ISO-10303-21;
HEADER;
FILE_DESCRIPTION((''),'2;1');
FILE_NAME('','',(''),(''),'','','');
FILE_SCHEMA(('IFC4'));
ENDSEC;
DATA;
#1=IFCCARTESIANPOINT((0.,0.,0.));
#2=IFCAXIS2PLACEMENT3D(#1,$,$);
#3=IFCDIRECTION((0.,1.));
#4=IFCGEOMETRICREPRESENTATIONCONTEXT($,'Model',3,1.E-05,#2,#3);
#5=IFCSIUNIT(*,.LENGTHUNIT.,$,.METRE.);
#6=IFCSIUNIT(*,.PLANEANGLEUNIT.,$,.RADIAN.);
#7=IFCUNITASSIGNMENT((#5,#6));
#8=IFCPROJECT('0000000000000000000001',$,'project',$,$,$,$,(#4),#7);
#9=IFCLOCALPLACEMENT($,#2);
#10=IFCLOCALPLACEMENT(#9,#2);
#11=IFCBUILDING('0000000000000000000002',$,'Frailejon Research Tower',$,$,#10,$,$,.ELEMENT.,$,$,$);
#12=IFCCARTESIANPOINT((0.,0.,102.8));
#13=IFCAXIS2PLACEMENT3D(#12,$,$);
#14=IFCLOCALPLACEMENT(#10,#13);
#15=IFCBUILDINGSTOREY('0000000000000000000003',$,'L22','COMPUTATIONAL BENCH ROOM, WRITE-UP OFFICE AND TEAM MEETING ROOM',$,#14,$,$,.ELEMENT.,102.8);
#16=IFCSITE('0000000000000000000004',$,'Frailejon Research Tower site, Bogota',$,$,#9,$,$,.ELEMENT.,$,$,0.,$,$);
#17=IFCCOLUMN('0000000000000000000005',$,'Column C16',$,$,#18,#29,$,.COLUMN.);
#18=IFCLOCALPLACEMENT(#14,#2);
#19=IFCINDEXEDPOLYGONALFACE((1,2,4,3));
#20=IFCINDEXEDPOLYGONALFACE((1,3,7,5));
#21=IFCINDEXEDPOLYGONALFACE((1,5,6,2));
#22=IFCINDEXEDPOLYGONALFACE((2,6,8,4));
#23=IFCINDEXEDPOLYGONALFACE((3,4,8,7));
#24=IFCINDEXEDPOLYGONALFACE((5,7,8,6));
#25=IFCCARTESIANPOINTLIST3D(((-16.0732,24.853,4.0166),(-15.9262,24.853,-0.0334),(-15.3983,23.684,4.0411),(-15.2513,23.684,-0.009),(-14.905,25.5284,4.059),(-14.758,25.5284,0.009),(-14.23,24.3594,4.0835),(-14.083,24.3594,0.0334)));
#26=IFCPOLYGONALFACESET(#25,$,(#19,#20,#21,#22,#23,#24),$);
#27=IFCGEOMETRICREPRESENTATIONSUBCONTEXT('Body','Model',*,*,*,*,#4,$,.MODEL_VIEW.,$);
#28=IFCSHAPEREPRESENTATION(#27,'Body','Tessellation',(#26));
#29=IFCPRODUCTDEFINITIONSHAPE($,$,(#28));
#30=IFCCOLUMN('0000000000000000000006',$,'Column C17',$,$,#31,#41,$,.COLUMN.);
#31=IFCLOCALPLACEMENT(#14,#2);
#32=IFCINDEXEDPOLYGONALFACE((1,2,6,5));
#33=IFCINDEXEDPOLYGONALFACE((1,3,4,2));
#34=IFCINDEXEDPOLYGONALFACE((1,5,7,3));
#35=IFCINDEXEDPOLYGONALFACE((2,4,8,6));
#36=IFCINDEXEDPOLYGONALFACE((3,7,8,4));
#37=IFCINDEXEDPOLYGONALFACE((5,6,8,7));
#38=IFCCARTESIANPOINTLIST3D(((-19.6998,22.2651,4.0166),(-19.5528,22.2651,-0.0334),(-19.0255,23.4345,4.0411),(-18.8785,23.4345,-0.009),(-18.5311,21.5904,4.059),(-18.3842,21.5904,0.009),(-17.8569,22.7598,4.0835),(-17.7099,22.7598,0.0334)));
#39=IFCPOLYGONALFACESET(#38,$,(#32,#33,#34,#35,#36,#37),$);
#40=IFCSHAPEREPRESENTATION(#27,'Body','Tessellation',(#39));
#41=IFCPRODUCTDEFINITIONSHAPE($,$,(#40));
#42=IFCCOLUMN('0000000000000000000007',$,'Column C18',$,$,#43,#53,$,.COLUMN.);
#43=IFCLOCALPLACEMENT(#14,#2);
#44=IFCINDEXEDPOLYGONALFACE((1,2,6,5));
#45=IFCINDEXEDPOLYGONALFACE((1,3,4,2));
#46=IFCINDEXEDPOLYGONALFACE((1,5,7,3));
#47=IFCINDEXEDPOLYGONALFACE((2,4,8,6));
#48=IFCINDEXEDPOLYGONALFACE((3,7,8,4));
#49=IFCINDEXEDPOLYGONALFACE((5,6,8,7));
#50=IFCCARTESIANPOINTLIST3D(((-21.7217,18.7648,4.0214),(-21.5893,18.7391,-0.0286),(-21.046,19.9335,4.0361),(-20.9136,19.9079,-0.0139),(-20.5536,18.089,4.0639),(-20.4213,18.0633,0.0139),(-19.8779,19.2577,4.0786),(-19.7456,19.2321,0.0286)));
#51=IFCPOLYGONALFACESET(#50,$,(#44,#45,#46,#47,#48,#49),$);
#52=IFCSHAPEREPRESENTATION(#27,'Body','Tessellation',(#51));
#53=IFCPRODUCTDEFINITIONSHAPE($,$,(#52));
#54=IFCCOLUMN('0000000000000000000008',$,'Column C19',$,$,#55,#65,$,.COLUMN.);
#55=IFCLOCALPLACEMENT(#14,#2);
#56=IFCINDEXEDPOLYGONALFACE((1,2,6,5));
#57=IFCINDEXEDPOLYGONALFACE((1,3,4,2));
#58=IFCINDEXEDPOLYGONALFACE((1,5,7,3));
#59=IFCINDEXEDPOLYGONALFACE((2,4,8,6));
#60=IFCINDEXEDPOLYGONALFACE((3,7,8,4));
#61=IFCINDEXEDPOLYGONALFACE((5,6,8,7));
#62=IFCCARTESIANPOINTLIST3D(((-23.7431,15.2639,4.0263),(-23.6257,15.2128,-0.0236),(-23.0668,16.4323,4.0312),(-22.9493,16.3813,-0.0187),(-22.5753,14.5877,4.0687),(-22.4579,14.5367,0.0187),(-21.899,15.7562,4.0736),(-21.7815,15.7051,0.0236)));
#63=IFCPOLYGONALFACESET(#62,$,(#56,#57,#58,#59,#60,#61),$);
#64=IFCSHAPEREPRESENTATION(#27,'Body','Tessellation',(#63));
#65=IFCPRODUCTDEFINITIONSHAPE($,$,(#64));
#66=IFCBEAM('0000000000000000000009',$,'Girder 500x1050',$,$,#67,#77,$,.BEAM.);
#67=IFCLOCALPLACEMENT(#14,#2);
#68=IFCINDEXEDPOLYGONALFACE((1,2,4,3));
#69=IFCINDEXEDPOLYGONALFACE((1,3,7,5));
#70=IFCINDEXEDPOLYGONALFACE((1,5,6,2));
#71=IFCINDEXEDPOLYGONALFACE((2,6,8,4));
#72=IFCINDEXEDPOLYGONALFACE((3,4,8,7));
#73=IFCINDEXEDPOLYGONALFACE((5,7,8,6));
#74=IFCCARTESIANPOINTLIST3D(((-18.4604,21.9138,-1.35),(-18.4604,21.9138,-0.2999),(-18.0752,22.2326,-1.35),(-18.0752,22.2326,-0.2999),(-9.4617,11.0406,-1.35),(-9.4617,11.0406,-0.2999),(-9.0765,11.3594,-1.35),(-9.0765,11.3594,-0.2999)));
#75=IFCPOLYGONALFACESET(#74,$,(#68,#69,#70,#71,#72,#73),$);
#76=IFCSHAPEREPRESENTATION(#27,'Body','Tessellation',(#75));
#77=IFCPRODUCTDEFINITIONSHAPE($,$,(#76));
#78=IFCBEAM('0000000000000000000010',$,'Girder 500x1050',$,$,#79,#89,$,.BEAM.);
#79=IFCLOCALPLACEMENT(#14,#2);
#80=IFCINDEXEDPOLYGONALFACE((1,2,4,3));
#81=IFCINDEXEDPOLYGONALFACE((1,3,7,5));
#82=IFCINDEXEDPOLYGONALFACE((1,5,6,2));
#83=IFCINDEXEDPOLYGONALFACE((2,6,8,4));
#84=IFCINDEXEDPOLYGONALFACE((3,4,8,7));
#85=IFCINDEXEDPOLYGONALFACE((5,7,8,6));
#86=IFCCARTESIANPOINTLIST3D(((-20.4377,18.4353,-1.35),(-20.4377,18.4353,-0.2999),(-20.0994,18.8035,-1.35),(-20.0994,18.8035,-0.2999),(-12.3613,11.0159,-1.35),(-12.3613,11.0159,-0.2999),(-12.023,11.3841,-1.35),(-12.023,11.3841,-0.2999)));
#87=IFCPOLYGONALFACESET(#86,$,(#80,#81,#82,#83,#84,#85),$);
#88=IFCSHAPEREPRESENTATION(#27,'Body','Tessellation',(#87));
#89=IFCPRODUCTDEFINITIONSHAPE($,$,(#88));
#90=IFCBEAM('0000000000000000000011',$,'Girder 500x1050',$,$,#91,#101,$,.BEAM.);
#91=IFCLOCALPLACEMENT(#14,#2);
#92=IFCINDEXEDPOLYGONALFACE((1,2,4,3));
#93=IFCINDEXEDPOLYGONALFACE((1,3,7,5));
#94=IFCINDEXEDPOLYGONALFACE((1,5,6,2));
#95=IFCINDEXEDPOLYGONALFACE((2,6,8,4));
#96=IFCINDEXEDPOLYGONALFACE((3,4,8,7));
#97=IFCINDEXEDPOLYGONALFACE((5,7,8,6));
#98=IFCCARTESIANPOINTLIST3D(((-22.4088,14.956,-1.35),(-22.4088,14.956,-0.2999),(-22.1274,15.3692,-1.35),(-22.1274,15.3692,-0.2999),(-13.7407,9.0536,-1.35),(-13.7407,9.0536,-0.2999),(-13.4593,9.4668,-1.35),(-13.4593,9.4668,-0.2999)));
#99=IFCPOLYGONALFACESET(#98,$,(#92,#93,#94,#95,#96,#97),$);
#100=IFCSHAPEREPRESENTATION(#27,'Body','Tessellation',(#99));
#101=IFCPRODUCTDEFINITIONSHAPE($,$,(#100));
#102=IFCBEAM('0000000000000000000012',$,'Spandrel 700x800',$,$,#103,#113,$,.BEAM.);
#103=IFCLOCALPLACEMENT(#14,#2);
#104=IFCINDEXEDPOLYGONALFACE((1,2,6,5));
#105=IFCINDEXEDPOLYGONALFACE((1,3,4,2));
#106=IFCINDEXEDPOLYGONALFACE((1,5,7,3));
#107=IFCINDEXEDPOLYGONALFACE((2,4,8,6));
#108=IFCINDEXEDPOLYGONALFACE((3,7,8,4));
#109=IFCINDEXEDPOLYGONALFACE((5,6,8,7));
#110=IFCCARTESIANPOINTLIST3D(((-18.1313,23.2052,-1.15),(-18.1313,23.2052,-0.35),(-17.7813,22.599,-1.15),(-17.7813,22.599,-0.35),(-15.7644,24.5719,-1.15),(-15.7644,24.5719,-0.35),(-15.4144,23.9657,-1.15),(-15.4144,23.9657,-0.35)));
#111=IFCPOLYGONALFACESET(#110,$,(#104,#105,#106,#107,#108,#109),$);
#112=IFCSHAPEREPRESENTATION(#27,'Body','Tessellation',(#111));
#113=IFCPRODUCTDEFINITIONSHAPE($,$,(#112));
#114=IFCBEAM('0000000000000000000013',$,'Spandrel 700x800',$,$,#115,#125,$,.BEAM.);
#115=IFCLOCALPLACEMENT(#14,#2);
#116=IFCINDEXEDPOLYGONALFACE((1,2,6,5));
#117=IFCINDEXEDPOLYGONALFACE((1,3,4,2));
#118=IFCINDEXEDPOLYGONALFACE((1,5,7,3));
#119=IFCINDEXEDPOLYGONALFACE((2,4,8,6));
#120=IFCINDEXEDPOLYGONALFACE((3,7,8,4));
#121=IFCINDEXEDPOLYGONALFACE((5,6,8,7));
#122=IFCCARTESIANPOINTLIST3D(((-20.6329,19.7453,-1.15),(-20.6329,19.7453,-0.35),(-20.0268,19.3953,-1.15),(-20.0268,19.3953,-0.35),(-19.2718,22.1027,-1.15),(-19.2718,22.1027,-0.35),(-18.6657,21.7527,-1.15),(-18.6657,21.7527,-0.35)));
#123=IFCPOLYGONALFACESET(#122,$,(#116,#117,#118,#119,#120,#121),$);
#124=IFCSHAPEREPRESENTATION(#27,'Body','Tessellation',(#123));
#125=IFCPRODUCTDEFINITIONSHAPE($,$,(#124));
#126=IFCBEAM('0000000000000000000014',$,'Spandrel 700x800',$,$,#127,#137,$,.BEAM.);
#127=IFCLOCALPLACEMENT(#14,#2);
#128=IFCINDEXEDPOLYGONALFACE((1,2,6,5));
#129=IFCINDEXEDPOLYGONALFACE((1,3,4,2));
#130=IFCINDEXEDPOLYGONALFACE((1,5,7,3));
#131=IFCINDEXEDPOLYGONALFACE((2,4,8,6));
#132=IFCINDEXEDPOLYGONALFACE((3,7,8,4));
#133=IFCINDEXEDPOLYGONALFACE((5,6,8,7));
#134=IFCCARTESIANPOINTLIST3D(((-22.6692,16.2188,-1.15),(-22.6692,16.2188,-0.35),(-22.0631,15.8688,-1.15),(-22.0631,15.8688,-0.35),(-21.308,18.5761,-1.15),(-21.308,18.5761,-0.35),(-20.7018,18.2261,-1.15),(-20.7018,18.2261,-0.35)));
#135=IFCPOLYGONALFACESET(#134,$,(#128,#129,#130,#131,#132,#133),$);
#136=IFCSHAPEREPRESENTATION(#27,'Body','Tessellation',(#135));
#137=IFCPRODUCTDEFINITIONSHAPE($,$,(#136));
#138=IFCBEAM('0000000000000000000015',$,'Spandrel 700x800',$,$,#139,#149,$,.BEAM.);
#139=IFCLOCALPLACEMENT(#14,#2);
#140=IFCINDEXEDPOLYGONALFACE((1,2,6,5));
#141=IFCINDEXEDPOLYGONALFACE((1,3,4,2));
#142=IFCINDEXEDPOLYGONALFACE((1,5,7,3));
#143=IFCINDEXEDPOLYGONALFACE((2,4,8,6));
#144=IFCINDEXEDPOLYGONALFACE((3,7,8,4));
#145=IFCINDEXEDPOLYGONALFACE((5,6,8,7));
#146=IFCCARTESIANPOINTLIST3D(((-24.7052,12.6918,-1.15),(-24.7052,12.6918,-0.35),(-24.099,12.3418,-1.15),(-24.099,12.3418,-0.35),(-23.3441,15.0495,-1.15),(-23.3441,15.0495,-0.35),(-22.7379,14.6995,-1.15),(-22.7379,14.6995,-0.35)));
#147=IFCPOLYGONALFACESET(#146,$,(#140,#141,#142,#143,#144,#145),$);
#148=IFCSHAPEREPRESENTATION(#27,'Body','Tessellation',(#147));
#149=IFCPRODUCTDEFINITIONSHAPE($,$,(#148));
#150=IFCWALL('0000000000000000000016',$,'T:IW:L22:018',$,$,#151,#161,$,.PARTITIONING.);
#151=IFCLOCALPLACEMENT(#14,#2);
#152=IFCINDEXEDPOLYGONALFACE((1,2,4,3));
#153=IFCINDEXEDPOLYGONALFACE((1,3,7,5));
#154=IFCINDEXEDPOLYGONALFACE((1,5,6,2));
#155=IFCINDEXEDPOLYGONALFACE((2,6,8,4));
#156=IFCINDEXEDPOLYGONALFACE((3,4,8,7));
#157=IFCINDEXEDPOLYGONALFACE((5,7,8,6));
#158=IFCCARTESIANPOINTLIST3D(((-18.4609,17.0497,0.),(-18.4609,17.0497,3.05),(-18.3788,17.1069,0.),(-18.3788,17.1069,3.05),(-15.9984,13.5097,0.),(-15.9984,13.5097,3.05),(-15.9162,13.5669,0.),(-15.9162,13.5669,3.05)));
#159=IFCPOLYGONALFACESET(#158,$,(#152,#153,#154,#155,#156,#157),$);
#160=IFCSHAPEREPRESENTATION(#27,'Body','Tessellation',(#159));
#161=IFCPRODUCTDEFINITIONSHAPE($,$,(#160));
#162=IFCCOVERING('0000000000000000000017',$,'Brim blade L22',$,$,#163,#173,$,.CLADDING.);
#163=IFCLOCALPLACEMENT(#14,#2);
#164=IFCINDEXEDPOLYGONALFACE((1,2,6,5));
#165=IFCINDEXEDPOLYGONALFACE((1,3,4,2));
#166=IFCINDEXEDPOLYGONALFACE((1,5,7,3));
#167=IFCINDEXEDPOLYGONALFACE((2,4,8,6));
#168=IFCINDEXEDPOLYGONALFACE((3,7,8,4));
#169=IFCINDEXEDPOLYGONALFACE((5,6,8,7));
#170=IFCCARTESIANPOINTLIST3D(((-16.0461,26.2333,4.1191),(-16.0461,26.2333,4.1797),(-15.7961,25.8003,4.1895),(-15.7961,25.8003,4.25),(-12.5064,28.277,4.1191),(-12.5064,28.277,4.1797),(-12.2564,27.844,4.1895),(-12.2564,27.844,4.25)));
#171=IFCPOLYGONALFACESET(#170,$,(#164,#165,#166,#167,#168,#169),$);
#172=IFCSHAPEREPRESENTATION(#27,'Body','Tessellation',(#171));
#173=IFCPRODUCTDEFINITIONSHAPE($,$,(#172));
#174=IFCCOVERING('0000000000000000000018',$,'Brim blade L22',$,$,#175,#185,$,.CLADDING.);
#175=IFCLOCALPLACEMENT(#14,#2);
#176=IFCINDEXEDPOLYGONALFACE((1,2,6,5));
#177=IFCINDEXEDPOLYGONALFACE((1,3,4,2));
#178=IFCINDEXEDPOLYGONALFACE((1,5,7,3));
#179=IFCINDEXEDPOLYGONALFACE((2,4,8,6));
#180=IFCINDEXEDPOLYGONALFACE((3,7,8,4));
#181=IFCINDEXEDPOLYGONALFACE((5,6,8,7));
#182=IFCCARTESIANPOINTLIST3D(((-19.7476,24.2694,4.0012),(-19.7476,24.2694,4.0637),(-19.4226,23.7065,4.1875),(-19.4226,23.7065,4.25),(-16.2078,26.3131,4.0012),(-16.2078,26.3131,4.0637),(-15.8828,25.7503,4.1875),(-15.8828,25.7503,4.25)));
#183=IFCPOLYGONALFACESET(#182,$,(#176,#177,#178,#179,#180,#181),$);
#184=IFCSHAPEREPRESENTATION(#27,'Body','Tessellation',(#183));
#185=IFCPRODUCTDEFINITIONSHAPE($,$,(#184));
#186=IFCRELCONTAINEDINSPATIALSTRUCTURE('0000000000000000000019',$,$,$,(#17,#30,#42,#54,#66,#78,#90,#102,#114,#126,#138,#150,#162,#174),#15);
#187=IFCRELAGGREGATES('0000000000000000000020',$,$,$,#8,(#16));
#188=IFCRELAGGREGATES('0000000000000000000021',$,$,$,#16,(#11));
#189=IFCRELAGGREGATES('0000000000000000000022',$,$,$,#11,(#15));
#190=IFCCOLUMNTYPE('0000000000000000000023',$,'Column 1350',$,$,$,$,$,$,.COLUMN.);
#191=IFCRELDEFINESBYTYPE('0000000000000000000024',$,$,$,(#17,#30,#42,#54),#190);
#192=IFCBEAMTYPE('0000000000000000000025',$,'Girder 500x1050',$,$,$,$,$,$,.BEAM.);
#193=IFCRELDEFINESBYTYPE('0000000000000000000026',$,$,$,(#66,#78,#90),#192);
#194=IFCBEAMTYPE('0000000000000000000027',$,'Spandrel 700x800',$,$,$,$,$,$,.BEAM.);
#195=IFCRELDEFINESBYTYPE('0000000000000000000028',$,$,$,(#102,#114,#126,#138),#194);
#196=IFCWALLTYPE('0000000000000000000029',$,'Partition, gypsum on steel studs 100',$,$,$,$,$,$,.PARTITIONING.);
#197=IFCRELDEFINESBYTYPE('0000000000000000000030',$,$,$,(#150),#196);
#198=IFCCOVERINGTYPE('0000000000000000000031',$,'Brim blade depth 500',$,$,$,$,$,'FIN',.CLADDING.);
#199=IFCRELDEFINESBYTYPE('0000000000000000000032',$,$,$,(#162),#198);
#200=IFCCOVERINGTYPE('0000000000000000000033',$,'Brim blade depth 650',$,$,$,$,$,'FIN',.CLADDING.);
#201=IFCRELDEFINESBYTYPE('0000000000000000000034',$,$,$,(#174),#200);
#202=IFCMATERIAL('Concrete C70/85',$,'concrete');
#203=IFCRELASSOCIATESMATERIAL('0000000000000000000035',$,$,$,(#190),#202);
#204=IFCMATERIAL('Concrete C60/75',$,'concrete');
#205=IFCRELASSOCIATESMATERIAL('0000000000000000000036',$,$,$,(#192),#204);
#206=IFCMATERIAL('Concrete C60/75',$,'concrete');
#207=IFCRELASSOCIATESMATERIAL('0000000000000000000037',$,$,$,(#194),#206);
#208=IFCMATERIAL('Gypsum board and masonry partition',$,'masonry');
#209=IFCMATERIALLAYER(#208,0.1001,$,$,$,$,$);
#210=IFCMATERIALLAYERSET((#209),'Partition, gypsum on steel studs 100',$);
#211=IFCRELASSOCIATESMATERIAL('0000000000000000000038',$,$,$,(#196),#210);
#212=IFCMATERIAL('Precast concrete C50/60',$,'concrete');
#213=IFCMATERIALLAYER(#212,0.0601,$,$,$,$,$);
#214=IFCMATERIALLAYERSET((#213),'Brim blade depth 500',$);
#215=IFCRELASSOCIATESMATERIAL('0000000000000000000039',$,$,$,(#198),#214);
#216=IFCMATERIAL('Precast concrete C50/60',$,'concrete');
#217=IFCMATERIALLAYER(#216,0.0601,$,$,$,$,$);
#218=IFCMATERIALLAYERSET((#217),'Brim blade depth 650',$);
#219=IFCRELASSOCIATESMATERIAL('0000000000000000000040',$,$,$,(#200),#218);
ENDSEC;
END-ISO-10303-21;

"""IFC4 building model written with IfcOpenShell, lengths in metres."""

from ifc_helpers import new_model, si_unit, direction, frame, frame_2d, origin, origin_2d, place, context, subcontext, project, spatial, polyline, rectangle, outline, extrude, material, layer, layer_set, material_profile, profile_set, type_object, element, save


model = new_model("IFC4")

# Units and contexts
model_context = context("Model", 3, precision=1e-05, world=origin(), true_north=direction((0.0, 1.0)))
body_context = subcontext(model_context, "Body", "Model", "MODEL_VIEW")
ifc_project = project(units=[si_unit("LENGTHUNIT", "METRE"), si_unit("PLANEANGLEUNIT", "RADIAN")], contexts=[model_context])

# Site, building, storey
site_placement = place(None, origin())
site = spatial("IfcSite", under=ifc_project, at=site_placement, Name="Frailejon Research Tower site, Bogota", CompositionType="ELEMENT", RefElevation=0.0)
building_placement = place(site_placement, origin())
building = spatial("IfcBuilding", under=site, at=building_placement, Name="Frailejon Research Tower", CompositionType="ELEMENT")
storey_placement = place(building_placement, frame((0.0, 0.0, 102.8)))
storey = spatial("IfcBuildingStorey", under=building, at=storey_placement, Name="L22", Description="COMPUTATIONAL BENCH ROOM, WRITE-UP OFFICE AND TEAM MEETING ROOM", CompositionType="ELEMENT", Elevation=102.8)

# Columns
ifc_material_1 = material(Name="Concrete C70/85", Category="concrete")
ifc_material_profile_1 = material_profile(ifc_material_1, rectangle(XDim=1.3501, YDim=1.3501, at=origin_2d()), Name="Column 1350")
ifc_profile_set_1 = profile_set([ifc_material_profile_1], Name="Concrete C70/85")
column_type = type_object("IfcColumnType", Name="Column 1350", PredefinedType="COLUMN", material=ifc_profile_set_1)
for number, where, z_axis, x_axis, name in (
    (1, (-15.0046, 24.6062, 0.0), (-0.036265, 0.0, 0.999342), (-0.865314, -0.500246, -0.031401), "Column C16"),
    (2, (-18.6313, 22.5125, 0.0), (-0.036265, 0.0, 0.999342), (-0.499425, -0.866168, -0.018124), "Column C17"),
):
    element("IfcColumn", number, at=place(storey_placement, frame(where, z_axis=z_axis, x_axis=x_axis)), inside=storey, type_object=column_type, Name=name, PredefinedType="COLUMN", context=body_context, shape_type="SweptSolid", body=[
        extrude(rectangle(XDim=1.3501, YDim=1.3501, at=origin_2d()), origin(), (0.0, 0.0, 1.0), 4.0527),
    ])
column_1_placement = place(storey_placement, frame((-20.6675, 18.9856, 0.0), z_axis=(-0.032654, 0.006326, 0.999447), x_axis=(-0.500479, -0.865681, -0.010872)))
element("IfcColumn", 3, at=column_1_placement, inside=storey, type_object=column_type, Name="Column C18", PredefinedType="COLUMN", context=body_context, shape_type="SweptSolid", body=[
    extrude(rectangle(XDim=1.3501, YDim=1.3501, at=origin_2d()), origin(), (0.0, 0.0, 1.0), 4.0522),
])
column_2_placement = place(storey_placement, frame((-22.7036, 15.459, 0.0), z_axis=(-0.028981, 0.012592, 0.999501), x_axis=(-0.500966, -0.865459, -0.003622)))
element("IfcColumn", 4, at=column_2_placement, inside=storey, type_object=column_type, Name="Column C19", PredefinedType="COLUMN", context=body_context, shape_type="SweptSolid", body=[
    extrude(rectangle(XDim=1.3501, YDim=1.3501, at=origin_2d()), origin(), (0.0, 0.0, 1.0), 4.052),
])

# Beams
ifc_material_2 = material(Name="Concrete C60/75", Category="concrete")
ifc_material_profile_2 = material_profile(ifc_material_2, rectangle(XDim=0.5, YDim=1.05, at=origin_2d()), Name="Girder 500x1050")
ifc_profile_set_2 = profile_set([ifc_material_profile_2], Name="Concrete C60/75")
beam_type_1 = type_object("IfcBeamType", Name="Girder 500x1050", PredefinedType="BEAM", material=ifc_profile_set_2)
beam_1_placement = place(storey_placement, frame((-18.2678, 22.0732, -0.825), z_axis=(0.637576, -0.770388, 0.0), x_axis=(0.770388, 0.637576, 0.0)))
element("IfcBeam", 5, at=beam_1_placement, inside=storey, type_object=beam_type_1, Name="Girder 500x1050", PredefinedType="BEAM", context=body_context, shape_type="SweptSolid", body=[
    extrude(rectangle(XDim=0.5, YDim=1.05, at=origin_2d()), origin(), (0.0, 0.0, 1.0), 14.114),
])
beam_2_placement = place(storey_placement, frame((-20.2686, 18.6194, -0.825), z_axis=(0.736425, -0.67652, 0.0), x_axis=(0.67652, 0.736425, 0.0)))
element("IfcBeam", 6, at=beam_2_placement, inside=storey, type_object=beam_type_1, Name="Girder 500x1050", PredefinedType="BEAM", context=body_context, shape_type="SweptSolid", body=[
    extrude(rectangle(XDim=0.5, YDim=1.05, at=origin_2d()), origin(), (0.0, 0.0, 1.0), 10.967),
])
beam_3_placement = place(storey_placement, frame((-22.2681, 15.1626, -0.825), z_axis=(0.826566, -0.56284, 0.0), x_axis=(0.56284, 0.826566, 0.0)))
element("IfcBeam", 7, at=beam_3_placement, inside=storey, type_object=beam_type_1, Name="Girder 500x1050", PredefinedType="BEAM", context=body_context, shape_type="SweptSolid", body=[
    extrude(rectangle(XDim=0.5, YDim=1.05, at=origin_2d()), origin(), (0.0, 0.0, 1.0), 10.4868),
])
ifc_material_3 = material(Name="Concrete C60/75", Category="concrete")
ifc_material_profile_3 = material_profile(ifc_material_3, rectangle(XDim=0.7, YDim=0.8, at=origin_2d()), Name="Spandrel 700x800")
ifc_profile_set_3 = profile_set([ifc_material_profile_3], Name="Concrete C60/75")
beam_type_2 = type_object("IfcBeamType", Name="Spandrel 700x800", PredefinedType="BEAM", material=ifc_profile_set_3)
beam_4_placement = place(storey_placement, frame((-15.5894, 24.2688, -0.75), z_axis=(-0.866003, -0.500039, 0.0), x_axis=(0.500039, -0.866003, 0.0)))
element("IfcBeam", 8, at=beam_4_placement, inside=storey, type_object=beam_type_2, Name="Spandrel 700x800", PredefinedType="BEAM", context=body_context, shape_type="SweptSolid", body=[
    extrude(rectangle(XDim=0.7, YDim=0.8, at=origin_2d()), origin(), (0.0, 0.0, 1.0), 2.7332),
])
for number, where, z_axis, x_axis, name in (
    (9, (-18.9688, 21.9277, -0.75), (-0.500007, -0.866021, 0.0), (0.866021, -0.500007, 0.0), "Spandrel 700x800"),
    (10, (-21.0049, 18.4011, -0.75), (-0.500074, -0.865982, 0.0), (0.865982, -0.500074, 0.0), "Spandrel 700x800"),
):
    element("IfcBeam", number, at=place(storey_placement, frame(where, z_axis=z_axis, x_axis=x_axis)), inside=storey, type_object=beam_type_2, Name=name, PredefinedType="BEAM", context=body_context, shape_type="SweptSolid", body=[
        extrude(rectangle(XDim=0.7, YDim=0.8, at=origin_2d()), origin(), (0.0, 0.0, 1.0), 2.7222),
    ])
beam_5_placement = place(storey_placement, frame((-23.041, 14.8745, -0.75), z_axis=(-0.499968, -0.866044, 0.0), x_axis=(0.866044, -0.499968, 0.0)))
element("IfcBeam", 11, at=beam_5_placement, inside=storey, type_object=beam_type_2, Name="Spandrel 700x800", PredefinedType="BEAM", context=body_context, shape_type="SweptSolid", body=[
    extrude(rectangle(XDim=0.7, YDim=0.8, at=origin_2d()), origin(), (0.0, 0.0, 1.0), 2.7224),
])

# Wall
ifc_material_4 = material(Name="Gypsum board and masonry partition", Category="masonry")
ifc_layer_1 = layer(ifc_material_4, 0.1001)
ifc_layer_set_1 = layer_set([ifc_layer_1], Name="Partition, gypsum on steel studs 100")
wall_type_1 = type_object("IfcWallType", Name="Partition, gypsum on steel studs 100", PredefinedType="PARTITIONING", material=ifc_layer_set_1)
wall_1_placement = place(storey_placement, frame((-18.4199, 17.0784, 0.0), z_axis=(0.0, 0.0, 1.0), x_axis=(0.571066, -0.820904, 0.0)))
element("IfcWall", 12, at=wall_1_placement, inside=storey, type_object=wall_type_1, Name="T:IW:L22:018", PredefinedType="PARTITIONING", context=body_context, shape_type="SweptSolid", body=[
    extrude(rectangle(XDim=4.3123, YDim=0.1001, at=frame_2d((2.1562, 0.0))), origin(), (0.0, 0.0, 1.0), 3.05),
])

# Coverings
ifc_material_5 = material(Name="Precast concrete C50/60", Category="concrete")
ifc_layer_2 = layer(ifc_material_5, 0.0601)
ifc_layer_set_2 = layer_set([ifc_layer_2], Name="Brim blade depth 500")
covering_type_1 = type_object("IfcCoveringType", Name="Brim blade depth 500", ElementType="FIN", PredefinedType="CLADDING", material=ifc_layer_set_2)
covering_1_placement = place(storey_placement, frame((-15.7961, 25.8003, 4.25), z_axis=(0.866021, 0.500007, 0.0), x_axis=(-0.500007, 0.866021, 0.0)))
element("IfcCovering", 13, at=covering_1_placement, inside=storey, type_object=covering_type_1, Name="Brim blade L22", PredefinedType="CLADDING", context=body_context, shape_type="SweptSolid", body=[
    extrude(outline(polyline([(0.0, -0.0605), (0.5, -0.1309), (0.5, -0.0703), (0.0, 0.0), (0.0, -0.0605)])), origin(), (0.0, 0.0, 1.0), 4.0874),
])
ifc_material_6 = material(Name="Precast concrete C50/60", Category="concrete")
ifc_layer_3 = layer(ifc_material_6, 0.0601)
ifc_layer_set_3 = layer_set([ifc_layer_3], Name="Brim blade depth 650")
covering_type_2 = type_object("IfcCoveringType", Name="Brim blade depth 650", ElementType="FIN", PredefinedType="CLADDING", material=ifc_layer_set_3)
covering_2_placement = place(storey_placement, frame((-19.4226, 23.7065, 4.25), z_axis=(0.866021, 0.500007, 0.0), x_axis=(-0.500007, 0.866021, 0.0)))
element("IfcCovering", 14, at=covering_2_placement, inside=storey, type_object=covering_type_2, Name="Brim blade L22", PredefinedType="CLADDING", context=body_context, shape_type="SweptSolid", body=[
    extrude(outline(polyline([(0.0, -0.0625), (0.6499, -0.2488), (0.6499, -0.1863), (0.0, 0.0), (0.0, -0.0625)])), origin(), (0.0, 0.0, 1.0), 4.0874),
])

save(model, "model.ifc")
